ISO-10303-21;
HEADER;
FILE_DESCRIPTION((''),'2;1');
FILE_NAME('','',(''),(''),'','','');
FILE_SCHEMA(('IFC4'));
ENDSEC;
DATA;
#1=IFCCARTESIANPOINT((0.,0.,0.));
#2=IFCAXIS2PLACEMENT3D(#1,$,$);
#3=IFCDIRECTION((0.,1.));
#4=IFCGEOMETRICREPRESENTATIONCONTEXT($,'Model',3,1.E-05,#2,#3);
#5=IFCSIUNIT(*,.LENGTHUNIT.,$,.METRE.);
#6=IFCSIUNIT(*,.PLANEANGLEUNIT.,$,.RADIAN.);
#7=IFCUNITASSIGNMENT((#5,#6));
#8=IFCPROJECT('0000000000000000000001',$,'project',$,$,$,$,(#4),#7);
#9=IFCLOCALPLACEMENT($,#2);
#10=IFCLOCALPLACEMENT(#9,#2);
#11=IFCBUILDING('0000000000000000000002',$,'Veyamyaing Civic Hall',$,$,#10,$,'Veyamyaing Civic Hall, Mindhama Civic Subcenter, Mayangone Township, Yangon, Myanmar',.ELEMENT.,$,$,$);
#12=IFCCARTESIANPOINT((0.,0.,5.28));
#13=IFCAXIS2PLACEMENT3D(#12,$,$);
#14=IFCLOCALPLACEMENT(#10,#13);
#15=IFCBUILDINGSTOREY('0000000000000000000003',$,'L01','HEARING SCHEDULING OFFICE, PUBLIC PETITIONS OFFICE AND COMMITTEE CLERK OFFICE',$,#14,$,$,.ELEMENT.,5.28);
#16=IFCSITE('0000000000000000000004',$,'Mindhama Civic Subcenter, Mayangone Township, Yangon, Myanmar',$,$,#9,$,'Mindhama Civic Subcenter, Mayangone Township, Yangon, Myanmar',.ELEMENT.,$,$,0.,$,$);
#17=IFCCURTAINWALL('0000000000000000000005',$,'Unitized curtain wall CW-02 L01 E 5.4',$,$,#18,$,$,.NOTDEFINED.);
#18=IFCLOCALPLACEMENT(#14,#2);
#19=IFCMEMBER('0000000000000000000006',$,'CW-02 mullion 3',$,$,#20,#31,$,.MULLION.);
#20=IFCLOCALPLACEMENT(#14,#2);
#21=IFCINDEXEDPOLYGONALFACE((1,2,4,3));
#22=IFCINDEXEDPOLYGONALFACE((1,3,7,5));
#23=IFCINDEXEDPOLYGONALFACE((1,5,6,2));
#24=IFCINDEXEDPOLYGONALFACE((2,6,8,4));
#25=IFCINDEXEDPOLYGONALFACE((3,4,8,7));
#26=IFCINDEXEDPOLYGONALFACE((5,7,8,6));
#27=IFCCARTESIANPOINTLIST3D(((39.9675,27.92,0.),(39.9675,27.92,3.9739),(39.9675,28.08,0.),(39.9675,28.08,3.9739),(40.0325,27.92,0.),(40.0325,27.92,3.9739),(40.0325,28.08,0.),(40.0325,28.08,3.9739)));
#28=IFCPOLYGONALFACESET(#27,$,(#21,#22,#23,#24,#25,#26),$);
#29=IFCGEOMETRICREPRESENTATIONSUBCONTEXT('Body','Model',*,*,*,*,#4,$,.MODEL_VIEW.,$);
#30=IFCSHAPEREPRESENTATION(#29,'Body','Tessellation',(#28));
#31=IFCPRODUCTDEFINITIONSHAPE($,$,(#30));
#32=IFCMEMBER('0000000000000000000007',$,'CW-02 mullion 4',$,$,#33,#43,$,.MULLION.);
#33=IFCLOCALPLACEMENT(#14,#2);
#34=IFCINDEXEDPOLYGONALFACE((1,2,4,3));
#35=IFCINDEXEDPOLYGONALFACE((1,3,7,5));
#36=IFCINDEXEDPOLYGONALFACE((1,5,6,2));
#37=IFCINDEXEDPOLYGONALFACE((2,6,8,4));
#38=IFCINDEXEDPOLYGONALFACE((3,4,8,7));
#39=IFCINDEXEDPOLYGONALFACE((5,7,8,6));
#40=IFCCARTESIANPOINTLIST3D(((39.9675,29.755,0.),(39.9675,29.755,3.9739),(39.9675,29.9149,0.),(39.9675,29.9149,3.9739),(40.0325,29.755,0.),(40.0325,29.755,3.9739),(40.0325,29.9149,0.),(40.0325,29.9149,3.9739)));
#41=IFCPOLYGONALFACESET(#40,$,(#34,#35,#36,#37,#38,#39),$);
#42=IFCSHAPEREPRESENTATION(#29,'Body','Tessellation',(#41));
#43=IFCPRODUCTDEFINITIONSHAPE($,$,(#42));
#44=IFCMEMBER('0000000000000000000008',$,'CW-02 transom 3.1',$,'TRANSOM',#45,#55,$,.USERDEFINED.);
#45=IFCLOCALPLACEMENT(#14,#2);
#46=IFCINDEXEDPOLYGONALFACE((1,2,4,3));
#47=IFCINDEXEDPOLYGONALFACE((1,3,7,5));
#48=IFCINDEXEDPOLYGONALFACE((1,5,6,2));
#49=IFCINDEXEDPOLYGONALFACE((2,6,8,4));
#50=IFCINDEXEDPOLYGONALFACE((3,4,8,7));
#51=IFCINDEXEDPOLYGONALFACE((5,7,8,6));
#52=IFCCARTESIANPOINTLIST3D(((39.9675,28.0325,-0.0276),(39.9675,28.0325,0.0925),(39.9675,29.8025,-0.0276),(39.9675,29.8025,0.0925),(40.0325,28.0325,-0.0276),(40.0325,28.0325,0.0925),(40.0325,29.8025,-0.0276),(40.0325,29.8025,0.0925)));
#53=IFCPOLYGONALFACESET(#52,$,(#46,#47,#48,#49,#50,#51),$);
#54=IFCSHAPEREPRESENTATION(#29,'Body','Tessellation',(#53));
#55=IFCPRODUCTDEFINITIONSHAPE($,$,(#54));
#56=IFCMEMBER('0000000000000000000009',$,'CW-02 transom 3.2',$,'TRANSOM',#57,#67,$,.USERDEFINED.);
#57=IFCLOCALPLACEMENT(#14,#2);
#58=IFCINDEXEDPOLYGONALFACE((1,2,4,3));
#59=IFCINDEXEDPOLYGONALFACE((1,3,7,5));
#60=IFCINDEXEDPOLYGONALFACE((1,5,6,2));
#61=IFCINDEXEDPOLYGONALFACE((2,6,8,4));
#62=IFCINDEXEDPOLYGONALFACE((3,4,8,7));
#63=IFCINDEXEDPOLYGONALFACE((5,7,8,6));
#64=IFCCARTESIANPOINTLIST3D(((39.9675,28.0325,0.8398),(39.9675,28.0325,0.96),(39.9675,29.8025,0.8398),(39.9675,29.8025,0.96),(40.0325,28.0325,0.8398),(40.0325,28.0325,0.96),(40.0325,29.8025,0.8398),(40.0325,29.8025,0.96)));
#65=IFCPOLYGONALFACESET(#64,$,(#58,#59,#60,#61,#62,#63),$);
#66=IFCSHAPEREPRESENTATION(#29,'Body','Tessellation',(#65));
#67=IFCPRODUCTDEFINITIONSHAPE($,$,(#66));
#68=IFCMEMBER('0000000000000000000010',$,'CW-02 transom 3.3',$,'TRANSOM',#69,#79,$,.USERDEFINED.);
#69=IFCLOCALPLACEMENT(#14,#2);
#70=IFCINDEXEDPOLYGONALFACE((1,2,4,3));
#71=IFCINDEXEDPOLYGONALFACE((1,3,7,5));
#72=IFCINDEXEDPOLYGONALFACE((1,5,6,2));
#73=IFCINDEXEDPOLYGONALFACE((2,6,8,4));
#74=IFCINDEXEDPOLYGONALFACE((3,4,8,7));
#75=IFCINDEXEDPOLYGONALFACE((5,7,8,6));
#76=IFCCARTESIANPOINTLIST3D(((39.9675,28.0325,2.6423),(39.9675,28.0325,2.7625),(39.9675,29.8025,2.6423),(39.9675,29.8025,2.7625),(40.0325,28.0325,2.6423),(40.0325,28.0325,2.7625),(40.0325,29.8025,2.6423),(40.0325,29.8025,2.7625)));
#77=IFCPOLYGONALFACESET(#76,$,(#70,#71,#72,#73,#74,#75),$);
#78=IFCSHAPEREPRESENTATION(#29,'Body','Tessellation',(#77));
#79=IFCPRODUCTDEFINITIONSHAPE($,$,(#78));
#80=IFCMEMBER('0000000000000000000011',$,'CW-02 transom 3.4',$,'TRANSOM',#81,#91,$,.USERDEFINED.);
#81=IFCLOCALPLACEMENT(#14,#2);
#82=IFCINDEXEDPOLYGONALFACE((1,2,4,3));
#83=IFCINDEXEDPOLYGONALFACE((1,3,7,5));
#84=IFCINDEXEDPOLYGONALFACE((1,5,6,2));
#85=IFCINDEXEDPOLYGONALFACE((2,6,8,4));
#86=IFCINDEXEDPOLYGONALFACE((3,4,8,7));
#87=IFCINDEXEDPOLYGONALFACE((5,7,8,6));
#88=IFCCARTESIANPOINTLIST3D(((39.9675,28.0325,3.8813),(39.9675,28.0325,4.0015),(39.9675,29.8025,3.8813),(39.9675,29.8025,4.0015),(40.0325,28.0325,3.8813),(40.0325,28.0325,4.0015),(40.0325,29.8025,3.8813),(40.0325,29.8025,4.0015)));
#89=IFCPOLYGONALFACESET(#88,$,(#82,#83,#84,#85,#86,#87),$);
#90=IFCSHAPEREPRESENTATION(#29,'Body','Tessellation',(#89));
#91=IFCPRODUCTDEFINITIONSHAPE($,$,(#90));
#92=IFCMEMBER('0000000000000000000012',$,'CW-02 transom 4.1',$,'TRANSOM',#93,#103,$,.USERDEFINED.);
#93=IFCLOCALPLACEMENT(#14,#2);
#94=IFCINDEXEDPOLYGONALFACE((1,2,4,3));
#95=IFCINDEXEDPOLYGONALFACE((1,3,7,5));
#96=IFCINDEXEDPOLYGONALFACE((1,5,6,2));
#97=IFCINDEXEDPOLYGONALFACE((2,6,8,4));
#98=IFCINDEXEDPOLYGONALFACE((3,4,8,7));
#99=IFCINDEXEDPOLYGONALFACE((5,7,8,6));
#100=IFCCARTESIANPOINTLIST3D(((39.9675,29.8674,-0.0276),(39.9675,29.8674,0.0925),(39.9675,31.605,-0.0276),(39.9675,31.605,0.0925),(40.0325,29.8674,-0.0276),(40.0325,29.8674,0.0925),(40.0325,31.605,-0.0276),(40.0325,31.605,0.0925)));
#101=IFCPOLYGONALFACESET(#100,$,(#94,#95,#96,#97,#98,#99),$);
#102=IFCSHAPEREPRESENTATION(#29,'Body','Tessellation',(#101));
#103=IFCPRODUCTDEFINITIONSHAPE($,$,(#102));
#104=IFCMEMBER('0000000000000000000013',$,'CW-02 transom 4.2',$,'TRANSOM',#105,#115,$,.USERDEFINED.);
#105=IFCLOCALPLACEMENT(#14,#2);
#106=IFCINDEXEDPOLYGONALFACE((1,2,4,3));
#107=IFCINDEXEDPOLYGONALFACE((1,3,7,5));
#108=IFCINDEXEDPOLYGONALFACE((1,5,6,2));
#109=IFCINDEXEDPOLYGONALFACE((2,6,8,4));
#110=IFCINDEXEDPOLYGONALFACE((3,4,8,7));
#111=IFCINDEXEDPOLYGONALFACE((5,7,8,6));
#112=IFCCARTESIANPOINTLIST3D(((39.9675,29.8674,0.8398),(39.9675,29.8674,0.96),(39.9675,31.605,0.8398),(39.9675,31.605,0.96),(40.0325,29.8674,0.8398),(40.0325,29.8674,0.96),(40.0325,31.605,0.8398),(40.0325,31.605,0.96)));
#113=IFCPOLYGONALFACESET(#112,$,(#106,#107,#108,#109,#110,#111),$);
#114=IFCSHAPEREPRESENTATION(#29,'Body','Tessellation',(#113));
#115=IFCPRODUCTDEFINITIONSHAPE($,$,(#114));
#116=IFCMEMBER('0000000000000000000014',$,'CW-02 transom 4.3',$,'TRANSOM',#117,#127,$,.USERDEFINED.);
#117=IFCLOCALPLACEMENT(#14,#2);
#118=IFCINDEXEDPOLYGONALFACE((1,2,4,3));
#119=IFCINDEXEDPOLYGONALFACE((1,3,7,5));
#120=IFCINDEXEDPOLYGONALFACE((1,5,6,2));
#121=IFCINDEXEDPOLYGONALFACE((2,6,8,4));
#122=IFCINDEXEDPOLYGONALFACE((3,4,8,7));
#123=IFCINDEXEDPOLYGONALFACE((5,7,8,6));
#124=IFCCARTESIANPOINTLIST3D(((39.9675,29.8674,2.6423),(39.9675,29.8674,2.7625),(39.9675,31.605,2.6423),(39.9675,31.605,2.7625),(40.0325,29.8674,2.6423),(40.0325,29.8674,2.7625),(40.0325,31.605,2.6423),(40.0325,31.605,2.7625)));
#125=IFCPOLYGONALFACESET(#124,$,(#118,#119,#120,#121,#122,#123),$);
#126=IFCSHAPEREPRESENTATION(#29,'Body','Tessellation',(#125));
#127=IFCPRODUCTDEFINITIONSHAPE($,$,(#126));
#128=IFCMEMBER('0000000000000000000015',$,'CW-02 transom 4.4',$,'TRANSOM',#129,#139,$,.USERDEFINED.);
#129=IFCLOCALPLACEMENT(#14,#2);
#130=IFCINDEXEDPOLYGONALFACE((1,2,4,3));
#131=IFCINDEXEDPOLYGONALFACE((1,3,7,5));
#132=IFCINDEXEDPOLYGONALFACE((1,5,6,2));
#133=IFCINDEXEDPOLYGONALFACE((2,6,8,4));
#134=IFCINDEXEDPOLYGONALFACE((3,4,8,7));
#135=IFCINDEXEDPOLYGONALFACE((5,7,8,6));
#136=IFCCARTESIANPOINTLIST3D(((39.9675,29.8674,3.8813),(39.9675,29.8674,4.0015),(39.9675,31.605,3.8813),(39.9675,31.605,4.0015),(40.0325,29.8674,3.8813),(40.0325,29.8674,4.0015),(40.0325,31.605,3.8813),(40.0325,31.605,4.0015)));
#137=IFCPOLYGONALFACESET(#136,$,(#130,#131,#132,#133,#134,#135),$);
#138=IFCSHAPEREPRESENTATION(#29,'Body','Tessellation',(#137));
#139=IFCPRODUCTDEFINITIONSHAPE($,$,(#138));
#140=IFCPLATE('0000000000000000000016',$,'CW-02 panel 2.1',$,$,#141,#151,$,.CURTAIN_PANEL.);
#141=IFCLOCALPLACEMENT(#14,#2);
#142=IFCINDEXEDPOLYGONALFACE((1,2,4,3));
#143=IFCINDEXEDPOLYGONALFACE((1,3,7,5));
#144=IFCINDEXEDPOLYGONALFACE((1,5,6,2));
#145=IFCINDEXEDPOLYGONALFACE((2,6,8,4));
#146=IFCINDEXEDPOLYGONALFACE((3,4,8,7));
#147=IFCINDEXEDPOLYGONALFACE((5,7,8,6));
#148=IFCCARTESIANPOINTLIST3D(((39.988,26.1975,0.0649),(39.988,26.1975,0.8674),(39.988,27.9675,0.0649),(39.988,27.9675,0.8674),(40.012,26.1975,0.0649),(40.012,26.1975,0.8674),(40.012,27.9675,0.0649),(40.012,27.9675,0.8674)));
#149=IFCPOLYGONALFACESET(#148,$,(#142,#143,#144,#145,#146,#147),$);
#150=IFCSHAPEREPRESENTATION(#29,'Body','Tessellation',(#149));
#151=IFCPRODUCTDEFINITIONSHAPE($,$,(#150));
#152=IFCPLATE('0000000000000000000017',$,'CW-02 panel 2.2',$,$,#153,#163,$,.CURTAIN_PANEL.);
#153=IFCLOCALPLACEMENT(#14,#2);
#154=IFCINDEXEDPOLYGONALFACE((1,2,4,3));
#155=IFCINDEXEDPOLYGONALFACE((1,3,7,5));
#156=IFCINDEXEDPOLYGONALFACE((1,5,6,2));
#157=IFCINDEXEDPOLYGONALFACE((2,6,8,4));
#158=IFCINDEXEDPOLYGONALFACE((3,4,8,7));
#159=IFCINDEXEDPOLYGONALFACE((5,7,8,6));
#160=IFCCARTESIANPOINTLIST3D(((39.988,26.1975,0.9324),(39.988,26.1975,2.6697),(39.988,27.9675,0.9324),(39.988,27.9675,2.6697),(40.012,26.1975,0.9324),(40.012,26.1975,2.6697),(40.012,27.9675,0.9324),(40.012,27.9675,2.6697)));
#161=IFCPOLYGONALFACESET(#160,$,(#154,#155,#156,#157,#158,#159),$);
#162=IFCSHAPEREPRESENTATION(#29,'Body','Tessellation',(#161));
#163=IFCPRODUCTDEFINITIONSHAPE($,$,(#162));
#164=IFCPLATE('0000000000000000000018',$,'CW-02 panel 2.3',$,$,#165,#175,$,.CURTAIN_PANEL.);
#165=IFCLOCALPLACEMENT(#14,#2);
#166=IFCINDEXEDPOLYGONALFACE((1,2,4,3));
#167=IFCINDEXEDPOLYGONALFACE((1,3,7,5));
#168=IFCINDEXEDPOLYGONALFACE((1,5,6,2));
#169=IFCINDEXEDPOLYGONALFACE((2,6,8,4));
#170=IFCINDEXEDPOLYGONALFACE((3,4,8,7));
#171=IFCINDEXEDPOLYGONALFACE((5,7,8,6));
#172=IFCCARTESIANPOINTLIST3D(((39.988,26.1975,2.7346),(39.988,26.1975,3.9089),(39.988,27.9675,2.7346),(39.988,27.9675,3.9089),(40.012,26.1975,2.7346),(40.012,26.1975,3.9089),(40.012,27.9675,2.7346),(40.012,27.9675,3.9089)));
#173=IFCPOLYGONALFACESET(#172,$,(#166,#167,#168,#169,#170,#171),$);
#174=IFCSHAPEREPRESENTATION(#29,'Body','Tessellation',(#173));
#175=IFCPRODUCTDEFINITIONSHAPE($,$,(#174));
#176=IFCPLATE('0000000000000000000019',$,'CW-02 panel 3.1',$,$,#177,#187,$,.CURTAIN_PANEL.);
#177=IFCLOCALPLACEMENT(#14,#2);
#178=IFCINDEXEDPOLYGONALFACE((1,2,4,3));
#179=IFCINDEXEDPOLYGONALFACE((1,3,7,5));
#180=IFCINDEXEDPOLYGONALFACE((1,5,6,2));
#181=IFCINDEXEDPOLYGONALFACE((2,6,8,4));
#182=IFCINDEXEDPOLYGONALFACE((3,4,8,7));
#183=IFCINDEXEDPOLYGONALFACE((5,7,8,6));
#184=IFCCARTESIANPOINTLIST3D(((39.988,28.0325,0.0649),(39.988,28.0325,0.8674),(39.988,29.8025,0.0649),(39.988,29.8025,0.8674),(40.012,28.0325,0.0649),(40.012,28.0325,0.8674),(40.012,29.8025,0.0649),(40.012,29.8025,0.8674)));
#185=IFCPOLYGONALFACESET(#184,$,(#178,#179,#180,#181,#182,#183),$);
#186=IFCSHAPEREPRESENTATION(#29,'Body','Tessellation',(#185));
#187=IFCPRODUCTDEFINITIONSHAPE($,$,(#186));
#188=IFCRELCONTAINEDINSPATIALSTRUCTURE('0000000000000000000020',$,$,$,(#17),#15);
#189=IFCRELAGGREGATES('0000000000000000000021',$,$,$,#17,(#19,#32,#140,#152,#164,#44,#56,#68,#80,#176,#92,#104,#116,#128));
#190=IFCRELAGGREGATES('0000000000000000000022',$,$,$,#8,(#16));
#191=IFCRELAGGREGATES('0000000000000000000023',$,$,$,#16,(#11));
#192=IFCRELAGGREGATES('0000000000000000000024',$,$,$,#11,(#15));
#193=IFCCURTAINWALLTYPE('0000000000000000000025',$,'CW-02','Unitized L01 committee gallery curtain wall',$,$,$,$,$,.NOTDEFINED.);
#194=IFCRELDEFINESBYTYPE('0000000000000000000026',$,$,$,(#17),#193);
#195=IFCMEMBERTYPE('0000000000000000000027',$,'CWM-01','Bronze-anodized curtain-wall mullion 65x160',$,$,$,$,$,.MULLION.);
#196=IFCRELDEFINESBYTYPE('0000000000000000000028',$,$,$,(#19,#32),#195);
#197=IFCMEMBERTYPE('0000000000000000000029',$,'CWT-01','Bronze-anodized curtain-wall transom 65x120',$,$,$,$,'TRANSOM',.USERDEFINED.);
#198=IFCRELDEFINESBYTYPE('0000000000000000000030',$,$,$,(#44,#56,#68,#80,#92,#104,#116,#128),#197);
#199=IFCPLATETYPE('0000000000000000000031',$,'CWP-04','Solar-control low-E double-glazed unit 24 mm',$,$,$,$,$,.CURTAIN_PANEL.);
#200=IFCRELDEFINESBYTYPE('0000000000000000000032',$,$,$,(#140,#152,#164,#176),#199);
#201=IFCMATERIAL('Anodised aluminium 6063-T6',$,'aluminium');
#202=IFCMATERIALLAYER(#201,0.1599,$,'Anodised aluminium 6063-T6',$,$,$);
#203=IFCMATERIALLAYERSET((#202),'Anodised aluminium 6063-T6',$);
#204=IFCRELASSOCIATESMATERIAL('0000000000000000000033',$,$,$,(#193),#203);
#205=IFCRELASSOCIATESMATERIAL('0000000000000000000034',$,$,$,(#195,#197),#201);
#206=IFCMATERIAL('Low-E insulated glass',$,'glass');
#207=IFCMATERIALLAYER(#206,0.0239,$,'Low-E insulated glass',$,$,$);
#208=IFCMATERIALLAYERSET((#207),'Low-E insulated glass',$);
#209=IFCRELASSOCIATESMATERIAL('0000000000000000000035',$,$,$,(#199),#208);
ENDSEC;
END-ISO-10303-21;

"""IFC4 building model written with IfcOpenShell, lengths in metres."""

from ifc_helpers import new_model, si_unit, direction, frame, origin, origin_2d, place, context, subcontext, project, spatial, rectangle, extrude, material, layer, layer_set, material_profile, profile_set, type_object, element, aggregate, save


model = new_model("IFC4")

# Units and contexts
model_context = context("Model", 3, precision=1e-05, world=origin(), true_north=direction((0.0, 1.0)))
body_context = subcontext(model_context, "Body", "Model", "MODEL_VIEW")
ifc_project = project(units=[si_unit("LENGTHUNIT", "METRE"), si_unit("PLANEANGLEUNIT", "RADIAN")], contexts=[model_context])

# Site, building, storey
site_placement = place(None, origin())
site = spatial("IfcSite", under=ifc_project, at=site_placement, Name="Mindhama Civic Subcenter, Mayangone Township, Yangon, Myanmar", LongName="Mindhama Civic Subcenter, Mayangone Township, Yangon, Myanmar", CompositionType="ELEMENT", RefElevation=0.0)
building_placement = place(site_placement, origin())
building = spatial("IfcBuilding", under=site, at=building_placement, Name="Veyamyaing Civic Hall", LongName="Veyamyaing Civic Hall, Mindhama Civic Subcenter, Mayangone Township, Yangon, Myanmar", CompositionType="ELEMENT")
storey_placement = place(building_placement, frame((0.0, 0.0, 5.28)))
storey = spatial("IfcBuildingStorey", under=building, at=storey_placement, Name="L01", Description="HEARING SCHEDULING OFFICE, PUBLIC PETITIONS OFFICE AND COMMITTEE CLERK OFFICE", CompositionType="ELEMENT", Elevation=5.28)

# Curtain wall, members, plates
ifc_material_1 = material(Name="Anodised aluminium 6063-T6", Category="aluminium")
ifc_layer_1 = layer(ifc_material_1, 0.1599, Name="Anodised aluminium 6063-T6")
ifc_layer_set_1 = layer_set([ifc_layer_1], Name="Anodised aluminium 6063-T6")
curtain_wall_type = type_object("IfcCurtainWallType", Name="CW-02", Description="Unitized L01 committee gallery curtain wall", PredefinedType="NOTDEFINED", material=ifc_layer_set_1)
curtain_wall_placement = place(storey_placement, origin())
curtain_wall = element("IfcCurtainWall", 1, at=curtain_wall_placement, inside=storey, type_object=curtain_wall_type, Name="Unitized curtain wall CW-02 L01 E 5.4", PredefinedType="NOTDEFINED")
ifc_material_profile_1 = material_profile(ifc_material_1, rectangle(XDim=0.0649, YDim=0.1599, at=origin_2d()), Name="ALU-MUL-65X160")
ifc_profile_set_1 = profile_set([ifc_material_profile_1], Name="Anodised aluminium 6063-T6")
member_type_1 = type_object("IfcMemberType", Name="CWM-01", Description="Bronze-anodized curtain-wall mullion 65x160", PredefinedType="MULLION", material=ifc_profile_set_1)
member_1_placement = place(storey_placement, frame((40.0, 28.0, 0.0), z_axis=(0.0, 0.0, 1.0), x_axis=(-1.0, 0.0, 0.0)))
member_1 = element("IfcMember", 2, at=member_1_placement, type_object=member_type_1, Name="CW-02 mullion 3", PredefinedType="MULLION", context=body_context, shape_type="SweptSolid", body=[
    extrude(rectangle(XDim=0.0649, YDim=0.1599, at=origin_2d()), origin(), (0.0, 0.0, 1.0), 3.9739),
])
member_2_placement = place(storey_placement, frame((40.0, 29.835, 0.0), z_axis=(0.0, 0.0, 1.0), x_axis=(-1.0, 0.0, 0.0)))
member_2 = element("IfcMember", 3, at=member_2_placement, type_object=member_type_1, Name="CW-02 mullion 4", PredefinedType="MULLION", context=body_context, shape_type="SweptSolid", body=[
    extrude(rectangle(XDim=0.0649, YDim=0.1599, at=origin_2d()), origin(), (0.0, 0.0, 1.0), 3.9739),
])
ifc_material_profile_2 = material_profile(ifc_material_1, rectangle(XDim=0.0649, YDim=0.1201, at=origin_2d()), Name="ALU-TRN-65X120")
ifc_profile_set_2 = profile_set([ifc_material_profile_2], Name="Anodised aluminium 6063-T6")
member_type_2 = type_object("IfcMemberType", Name="CWT-01", Description="Bronze-anodized curtain-wall transom 65x120", ElementType="TRANSOM", PredefinedType="USERDEFINED", material=ifc_profile_set_2)
member_3_placement = place(storey_placement, frame((40.0, 28.0325, 0.0325), z_axis=(0.0, 1.0, 0.0), x_axis=(-1.0, 0.0, 0.0)))
member_3 = element("IfcMember", 4, at=member_3_placement, type_object=member_type_2, Name="CW-02 transom 3.1", ObjectType="TRANSOM", PredefinedType="USERDEFINED", context=body_context, shape_type="SweptSolid", body=[
    extrude(rectangle(XDim=0.0649, YDim=0.1201, at=origin_2d()), origin(), (0.0, 0.0, 1.0), 1.77),
])
member_4_placement = place(storey_placement, frame((40.0, 28.0325, 0.8999), z_axis=(0.0, 1.0, 0.0), x_axis=(-1.0, 0.0, 0.0)))
member_4 = element("IfcMember", 5, at=member_4_placement, type_object=member_type_2, Name="CW-02 transom 3.2", ObjectType="TRANSOM", PredefinedType="USERDEFINED", context=body_context, shape_type="SweptSolid", body=[
    extrude(rectangle(XDim=0.0649, YDim=0.1201, at=origin_2d()), origin(), (0.0, 0.0, 1.0), 1.77),
])
member_5_placement = place(storey_placement, frame((40.0, 28.0325, 2.7024), z_axis=(0.0, 1.0, 0.0), x_axis=(-1.0, 0.0, 0.0)))
member_5 = element("IfcMember", 6, at=member_5_placement, type_object=member_type_2, Name="CW-02 transom 3.3", ObjectType="TRANSOM", PredefinedType="USERDEFINED", context=body_context, shape_type="SweptSolid", body=[
    extrude(rectangle(XDim=0.0649, YDim=0.1201, at=origin_2d()), origin(), (0.0, 0.0, 1.0), 1.77),
])
member_6_placement = place(storey_placement, frame((40.0, 28.0325, 3.9414), z_axis=(0.0, 1.0, 0.0), x_axis=(-1.0, 0.0, 0.0)))
member_6 = element("IfcMember", 7, at=member_6_placement, type_object=member_type_2, Name="CW-02 transom 3.4", ObjectType="TRANSOM", PredefinedType="USERDEFINED", context=body_context, shape_type="SweptSolid", body=[
    extrude(rectangle(XDim=0.0649, YDim=0.1201, at=origin_2d()), origin(), (0.0, 0.0, 1.0), 1.77),
])
member_7_placement = place(storey_placement, frame((40.0, 29.8674, 0.0325), z_axis=(0.0, 1.0, 0.0), x_axis=(-1.0, 0.0, 0.0)))
member_7 = element("IfcMember", 8, at=member_7_placement, type_object=member_type_2, Name="CW-02 transom 4.1", ObjectType="TRANSOM", PredefinedType="USERDEFINED", context=body_context, shape_type="SweptSolid", body=[
    extrude(rectangle(XDim=0.0649, YDim=0.1201, at=origin_2d()), origin(), (0.0, 0.0, 1.0), 1.7375),
])
member_8_placement = place(storey_placement, frame((40.0, 29.8674, 0.8999), z_axis=(0.0, 1.0, 0.0), x_axis=(-1.0, 0.0, 0.0)))
member_8 = element("IfcMember", 9, at=member_8_placement, type_object=member_type_2, Name="CW-02 transom 4.2", ObjectType="TRANSOM", PredefinedType="USERDEFINED", context=body_context, shape_type="SweptSolid", body=[
    extrude(rectangle(XDim=0.0649, YDim=0.1201, at=origin_2d()), origin(), (0.0, 0.0, 1.0), 1.7375),
])
member_9_placement = place(storey_placement, frame((40.0, 29.8674, 2.7024), z_axis=(0.0, 1.0, 0.0), x_axis=(-1.0, 0.0, 0.0)))
member_9 = element("IfcMember", 10, at=member_9_placement, type_object=member_type_2, Name="CW-02 transom 4.3", ObjectType="TRANSOM", PredefinedType="USERDEFINED", context=body_context, shape_type="SweptSolid", body=[
    extrude(rectangle(XDim=0.0649, YDim=0.1201, at=origin_2d()), origin(), (0.0, 0.0, 1.0), 1.7375),
])
member_10_placement = place(storey_placement, frame((40.0, 29.8674, 3.9414), z_axis=(0.0, 1.0, 0.0), x_axis=(-1.0, 0.0, 0.0)))
member_10 = element("IfcMember", 11, at=member_10_placement, type_object=member_type_2, Name="CW-02 transom 4.4", ObjectType="TRANSOM", PredefinedType="USERDEFINED", context=body_context, shape_type="SweptSolid", body=[
    extrude(rectangle(XDim=0.0649, YDim=0.1201, at=origin_2d()), origin(), (0.0, 0.0, 1.0), 1.7375),
])
ifc_material_2 = material(Name="Low-E insulated glass", Category="glass")
ifc_layer_2 = layer(ifc_material_2, 0.0239, Name="Low-E insulated glass")
ifc_layer_set_2 = layer_set([ifc_layer_2], Name="Low-E insulated glass")
plate_type = type_object("IfcPlateType", Name="CWP-04", Description="Solar-control low-E double-glazed unit 24 mm", PredefinedType="CURTAIN_PANEL", material=ifc_layer_set_2)
plate_1_placement = place(storey_placement, frame((40.0, 27.0825, 0.0649), z_axis=(0.0, 0.0, 1.0), x_axis=(0.0, 1.0, 0.0)))
plate_1 = element("IfcPlate", 12, at=plate_1_placement, type_object=plate_type, Name="CW-02 panel 2.1", PredefinedType="CURTAIN_PANEL", context=body_context, shape_type="SweptSolid", body=[
    extrude(rectangle(XDim=1.77, YDim=0.0239, at=origin_2d()), origin(), (0.0, 0.0, 1.0), 0.8025),
])
plate_2_placement = place(storey_placement, frame((40.0, 27.0825, 0.9324), z_axis=(0.0, 0.0, 1.0), x_axis=(0.0, 1.0, 0.0)))
plate_2 = element("IfcPlate", 13, at=plate_2_placement, type_object=plate_type, Name="CW-02 panel 2.2", PredefinedType="CURTAIN_PANEL", context=body_context, shape_type="SweptSolid", body=[
    extrude(rectangle(XDim=1.77, YDim=0.0239, at=origin_2d()), origin(), (0.0, 0.0, 1.0), 1.7373),
])
plate_3_placement = place(storey_placement, frame((40.0, 27.0825, 2.7346), z_axis=(0.0, 0.0, 1.0), x_axis=(0.0, 1.0, 0.0)))
plate_3 = element("IfcPlate", 14, at=plate_3_placement, type_object=plate_type, Name="CW-02 panel 2.3", PredefinedType="CURTAIN_PANEL", context=body_context, shape_type="SweptSolid", body=[
    extrude(rectangle(XDim=1.77, YDim=0.0239, at=origin_2d()), origin(), (0.0, 0.0, 1.0), 1.1743),
])
plate_4_placement = place(storey_placement, frame((40.0, 28.9175, 0.0649), z_axis=(0.0, 0.0, 1.0), x_axis=(0.0, 1.0, 0.0)))
plate_4 = element("IfcPlate", 15, at=plate_4_placement, type_object=plate_type, Name="CW-02 panel 3.1", PredefinedType="CURTAIN_PANEL", context=body_context, shape_type="SweptSolid", body=[
    extrude(rectangle(XDim=1.77, YDim=0.0239, at=origin_2d()), origin(), (0.0, 0.0, 1.0), 0.8025),
])
aggregate(curtain_wall, [member_1, member_2, plate_1, plate_2, plate_3, member_3, member_4, member_5, member_6, plate_4, member_7, member_8, member_9, member_10])

save(model, "model.ifc")
